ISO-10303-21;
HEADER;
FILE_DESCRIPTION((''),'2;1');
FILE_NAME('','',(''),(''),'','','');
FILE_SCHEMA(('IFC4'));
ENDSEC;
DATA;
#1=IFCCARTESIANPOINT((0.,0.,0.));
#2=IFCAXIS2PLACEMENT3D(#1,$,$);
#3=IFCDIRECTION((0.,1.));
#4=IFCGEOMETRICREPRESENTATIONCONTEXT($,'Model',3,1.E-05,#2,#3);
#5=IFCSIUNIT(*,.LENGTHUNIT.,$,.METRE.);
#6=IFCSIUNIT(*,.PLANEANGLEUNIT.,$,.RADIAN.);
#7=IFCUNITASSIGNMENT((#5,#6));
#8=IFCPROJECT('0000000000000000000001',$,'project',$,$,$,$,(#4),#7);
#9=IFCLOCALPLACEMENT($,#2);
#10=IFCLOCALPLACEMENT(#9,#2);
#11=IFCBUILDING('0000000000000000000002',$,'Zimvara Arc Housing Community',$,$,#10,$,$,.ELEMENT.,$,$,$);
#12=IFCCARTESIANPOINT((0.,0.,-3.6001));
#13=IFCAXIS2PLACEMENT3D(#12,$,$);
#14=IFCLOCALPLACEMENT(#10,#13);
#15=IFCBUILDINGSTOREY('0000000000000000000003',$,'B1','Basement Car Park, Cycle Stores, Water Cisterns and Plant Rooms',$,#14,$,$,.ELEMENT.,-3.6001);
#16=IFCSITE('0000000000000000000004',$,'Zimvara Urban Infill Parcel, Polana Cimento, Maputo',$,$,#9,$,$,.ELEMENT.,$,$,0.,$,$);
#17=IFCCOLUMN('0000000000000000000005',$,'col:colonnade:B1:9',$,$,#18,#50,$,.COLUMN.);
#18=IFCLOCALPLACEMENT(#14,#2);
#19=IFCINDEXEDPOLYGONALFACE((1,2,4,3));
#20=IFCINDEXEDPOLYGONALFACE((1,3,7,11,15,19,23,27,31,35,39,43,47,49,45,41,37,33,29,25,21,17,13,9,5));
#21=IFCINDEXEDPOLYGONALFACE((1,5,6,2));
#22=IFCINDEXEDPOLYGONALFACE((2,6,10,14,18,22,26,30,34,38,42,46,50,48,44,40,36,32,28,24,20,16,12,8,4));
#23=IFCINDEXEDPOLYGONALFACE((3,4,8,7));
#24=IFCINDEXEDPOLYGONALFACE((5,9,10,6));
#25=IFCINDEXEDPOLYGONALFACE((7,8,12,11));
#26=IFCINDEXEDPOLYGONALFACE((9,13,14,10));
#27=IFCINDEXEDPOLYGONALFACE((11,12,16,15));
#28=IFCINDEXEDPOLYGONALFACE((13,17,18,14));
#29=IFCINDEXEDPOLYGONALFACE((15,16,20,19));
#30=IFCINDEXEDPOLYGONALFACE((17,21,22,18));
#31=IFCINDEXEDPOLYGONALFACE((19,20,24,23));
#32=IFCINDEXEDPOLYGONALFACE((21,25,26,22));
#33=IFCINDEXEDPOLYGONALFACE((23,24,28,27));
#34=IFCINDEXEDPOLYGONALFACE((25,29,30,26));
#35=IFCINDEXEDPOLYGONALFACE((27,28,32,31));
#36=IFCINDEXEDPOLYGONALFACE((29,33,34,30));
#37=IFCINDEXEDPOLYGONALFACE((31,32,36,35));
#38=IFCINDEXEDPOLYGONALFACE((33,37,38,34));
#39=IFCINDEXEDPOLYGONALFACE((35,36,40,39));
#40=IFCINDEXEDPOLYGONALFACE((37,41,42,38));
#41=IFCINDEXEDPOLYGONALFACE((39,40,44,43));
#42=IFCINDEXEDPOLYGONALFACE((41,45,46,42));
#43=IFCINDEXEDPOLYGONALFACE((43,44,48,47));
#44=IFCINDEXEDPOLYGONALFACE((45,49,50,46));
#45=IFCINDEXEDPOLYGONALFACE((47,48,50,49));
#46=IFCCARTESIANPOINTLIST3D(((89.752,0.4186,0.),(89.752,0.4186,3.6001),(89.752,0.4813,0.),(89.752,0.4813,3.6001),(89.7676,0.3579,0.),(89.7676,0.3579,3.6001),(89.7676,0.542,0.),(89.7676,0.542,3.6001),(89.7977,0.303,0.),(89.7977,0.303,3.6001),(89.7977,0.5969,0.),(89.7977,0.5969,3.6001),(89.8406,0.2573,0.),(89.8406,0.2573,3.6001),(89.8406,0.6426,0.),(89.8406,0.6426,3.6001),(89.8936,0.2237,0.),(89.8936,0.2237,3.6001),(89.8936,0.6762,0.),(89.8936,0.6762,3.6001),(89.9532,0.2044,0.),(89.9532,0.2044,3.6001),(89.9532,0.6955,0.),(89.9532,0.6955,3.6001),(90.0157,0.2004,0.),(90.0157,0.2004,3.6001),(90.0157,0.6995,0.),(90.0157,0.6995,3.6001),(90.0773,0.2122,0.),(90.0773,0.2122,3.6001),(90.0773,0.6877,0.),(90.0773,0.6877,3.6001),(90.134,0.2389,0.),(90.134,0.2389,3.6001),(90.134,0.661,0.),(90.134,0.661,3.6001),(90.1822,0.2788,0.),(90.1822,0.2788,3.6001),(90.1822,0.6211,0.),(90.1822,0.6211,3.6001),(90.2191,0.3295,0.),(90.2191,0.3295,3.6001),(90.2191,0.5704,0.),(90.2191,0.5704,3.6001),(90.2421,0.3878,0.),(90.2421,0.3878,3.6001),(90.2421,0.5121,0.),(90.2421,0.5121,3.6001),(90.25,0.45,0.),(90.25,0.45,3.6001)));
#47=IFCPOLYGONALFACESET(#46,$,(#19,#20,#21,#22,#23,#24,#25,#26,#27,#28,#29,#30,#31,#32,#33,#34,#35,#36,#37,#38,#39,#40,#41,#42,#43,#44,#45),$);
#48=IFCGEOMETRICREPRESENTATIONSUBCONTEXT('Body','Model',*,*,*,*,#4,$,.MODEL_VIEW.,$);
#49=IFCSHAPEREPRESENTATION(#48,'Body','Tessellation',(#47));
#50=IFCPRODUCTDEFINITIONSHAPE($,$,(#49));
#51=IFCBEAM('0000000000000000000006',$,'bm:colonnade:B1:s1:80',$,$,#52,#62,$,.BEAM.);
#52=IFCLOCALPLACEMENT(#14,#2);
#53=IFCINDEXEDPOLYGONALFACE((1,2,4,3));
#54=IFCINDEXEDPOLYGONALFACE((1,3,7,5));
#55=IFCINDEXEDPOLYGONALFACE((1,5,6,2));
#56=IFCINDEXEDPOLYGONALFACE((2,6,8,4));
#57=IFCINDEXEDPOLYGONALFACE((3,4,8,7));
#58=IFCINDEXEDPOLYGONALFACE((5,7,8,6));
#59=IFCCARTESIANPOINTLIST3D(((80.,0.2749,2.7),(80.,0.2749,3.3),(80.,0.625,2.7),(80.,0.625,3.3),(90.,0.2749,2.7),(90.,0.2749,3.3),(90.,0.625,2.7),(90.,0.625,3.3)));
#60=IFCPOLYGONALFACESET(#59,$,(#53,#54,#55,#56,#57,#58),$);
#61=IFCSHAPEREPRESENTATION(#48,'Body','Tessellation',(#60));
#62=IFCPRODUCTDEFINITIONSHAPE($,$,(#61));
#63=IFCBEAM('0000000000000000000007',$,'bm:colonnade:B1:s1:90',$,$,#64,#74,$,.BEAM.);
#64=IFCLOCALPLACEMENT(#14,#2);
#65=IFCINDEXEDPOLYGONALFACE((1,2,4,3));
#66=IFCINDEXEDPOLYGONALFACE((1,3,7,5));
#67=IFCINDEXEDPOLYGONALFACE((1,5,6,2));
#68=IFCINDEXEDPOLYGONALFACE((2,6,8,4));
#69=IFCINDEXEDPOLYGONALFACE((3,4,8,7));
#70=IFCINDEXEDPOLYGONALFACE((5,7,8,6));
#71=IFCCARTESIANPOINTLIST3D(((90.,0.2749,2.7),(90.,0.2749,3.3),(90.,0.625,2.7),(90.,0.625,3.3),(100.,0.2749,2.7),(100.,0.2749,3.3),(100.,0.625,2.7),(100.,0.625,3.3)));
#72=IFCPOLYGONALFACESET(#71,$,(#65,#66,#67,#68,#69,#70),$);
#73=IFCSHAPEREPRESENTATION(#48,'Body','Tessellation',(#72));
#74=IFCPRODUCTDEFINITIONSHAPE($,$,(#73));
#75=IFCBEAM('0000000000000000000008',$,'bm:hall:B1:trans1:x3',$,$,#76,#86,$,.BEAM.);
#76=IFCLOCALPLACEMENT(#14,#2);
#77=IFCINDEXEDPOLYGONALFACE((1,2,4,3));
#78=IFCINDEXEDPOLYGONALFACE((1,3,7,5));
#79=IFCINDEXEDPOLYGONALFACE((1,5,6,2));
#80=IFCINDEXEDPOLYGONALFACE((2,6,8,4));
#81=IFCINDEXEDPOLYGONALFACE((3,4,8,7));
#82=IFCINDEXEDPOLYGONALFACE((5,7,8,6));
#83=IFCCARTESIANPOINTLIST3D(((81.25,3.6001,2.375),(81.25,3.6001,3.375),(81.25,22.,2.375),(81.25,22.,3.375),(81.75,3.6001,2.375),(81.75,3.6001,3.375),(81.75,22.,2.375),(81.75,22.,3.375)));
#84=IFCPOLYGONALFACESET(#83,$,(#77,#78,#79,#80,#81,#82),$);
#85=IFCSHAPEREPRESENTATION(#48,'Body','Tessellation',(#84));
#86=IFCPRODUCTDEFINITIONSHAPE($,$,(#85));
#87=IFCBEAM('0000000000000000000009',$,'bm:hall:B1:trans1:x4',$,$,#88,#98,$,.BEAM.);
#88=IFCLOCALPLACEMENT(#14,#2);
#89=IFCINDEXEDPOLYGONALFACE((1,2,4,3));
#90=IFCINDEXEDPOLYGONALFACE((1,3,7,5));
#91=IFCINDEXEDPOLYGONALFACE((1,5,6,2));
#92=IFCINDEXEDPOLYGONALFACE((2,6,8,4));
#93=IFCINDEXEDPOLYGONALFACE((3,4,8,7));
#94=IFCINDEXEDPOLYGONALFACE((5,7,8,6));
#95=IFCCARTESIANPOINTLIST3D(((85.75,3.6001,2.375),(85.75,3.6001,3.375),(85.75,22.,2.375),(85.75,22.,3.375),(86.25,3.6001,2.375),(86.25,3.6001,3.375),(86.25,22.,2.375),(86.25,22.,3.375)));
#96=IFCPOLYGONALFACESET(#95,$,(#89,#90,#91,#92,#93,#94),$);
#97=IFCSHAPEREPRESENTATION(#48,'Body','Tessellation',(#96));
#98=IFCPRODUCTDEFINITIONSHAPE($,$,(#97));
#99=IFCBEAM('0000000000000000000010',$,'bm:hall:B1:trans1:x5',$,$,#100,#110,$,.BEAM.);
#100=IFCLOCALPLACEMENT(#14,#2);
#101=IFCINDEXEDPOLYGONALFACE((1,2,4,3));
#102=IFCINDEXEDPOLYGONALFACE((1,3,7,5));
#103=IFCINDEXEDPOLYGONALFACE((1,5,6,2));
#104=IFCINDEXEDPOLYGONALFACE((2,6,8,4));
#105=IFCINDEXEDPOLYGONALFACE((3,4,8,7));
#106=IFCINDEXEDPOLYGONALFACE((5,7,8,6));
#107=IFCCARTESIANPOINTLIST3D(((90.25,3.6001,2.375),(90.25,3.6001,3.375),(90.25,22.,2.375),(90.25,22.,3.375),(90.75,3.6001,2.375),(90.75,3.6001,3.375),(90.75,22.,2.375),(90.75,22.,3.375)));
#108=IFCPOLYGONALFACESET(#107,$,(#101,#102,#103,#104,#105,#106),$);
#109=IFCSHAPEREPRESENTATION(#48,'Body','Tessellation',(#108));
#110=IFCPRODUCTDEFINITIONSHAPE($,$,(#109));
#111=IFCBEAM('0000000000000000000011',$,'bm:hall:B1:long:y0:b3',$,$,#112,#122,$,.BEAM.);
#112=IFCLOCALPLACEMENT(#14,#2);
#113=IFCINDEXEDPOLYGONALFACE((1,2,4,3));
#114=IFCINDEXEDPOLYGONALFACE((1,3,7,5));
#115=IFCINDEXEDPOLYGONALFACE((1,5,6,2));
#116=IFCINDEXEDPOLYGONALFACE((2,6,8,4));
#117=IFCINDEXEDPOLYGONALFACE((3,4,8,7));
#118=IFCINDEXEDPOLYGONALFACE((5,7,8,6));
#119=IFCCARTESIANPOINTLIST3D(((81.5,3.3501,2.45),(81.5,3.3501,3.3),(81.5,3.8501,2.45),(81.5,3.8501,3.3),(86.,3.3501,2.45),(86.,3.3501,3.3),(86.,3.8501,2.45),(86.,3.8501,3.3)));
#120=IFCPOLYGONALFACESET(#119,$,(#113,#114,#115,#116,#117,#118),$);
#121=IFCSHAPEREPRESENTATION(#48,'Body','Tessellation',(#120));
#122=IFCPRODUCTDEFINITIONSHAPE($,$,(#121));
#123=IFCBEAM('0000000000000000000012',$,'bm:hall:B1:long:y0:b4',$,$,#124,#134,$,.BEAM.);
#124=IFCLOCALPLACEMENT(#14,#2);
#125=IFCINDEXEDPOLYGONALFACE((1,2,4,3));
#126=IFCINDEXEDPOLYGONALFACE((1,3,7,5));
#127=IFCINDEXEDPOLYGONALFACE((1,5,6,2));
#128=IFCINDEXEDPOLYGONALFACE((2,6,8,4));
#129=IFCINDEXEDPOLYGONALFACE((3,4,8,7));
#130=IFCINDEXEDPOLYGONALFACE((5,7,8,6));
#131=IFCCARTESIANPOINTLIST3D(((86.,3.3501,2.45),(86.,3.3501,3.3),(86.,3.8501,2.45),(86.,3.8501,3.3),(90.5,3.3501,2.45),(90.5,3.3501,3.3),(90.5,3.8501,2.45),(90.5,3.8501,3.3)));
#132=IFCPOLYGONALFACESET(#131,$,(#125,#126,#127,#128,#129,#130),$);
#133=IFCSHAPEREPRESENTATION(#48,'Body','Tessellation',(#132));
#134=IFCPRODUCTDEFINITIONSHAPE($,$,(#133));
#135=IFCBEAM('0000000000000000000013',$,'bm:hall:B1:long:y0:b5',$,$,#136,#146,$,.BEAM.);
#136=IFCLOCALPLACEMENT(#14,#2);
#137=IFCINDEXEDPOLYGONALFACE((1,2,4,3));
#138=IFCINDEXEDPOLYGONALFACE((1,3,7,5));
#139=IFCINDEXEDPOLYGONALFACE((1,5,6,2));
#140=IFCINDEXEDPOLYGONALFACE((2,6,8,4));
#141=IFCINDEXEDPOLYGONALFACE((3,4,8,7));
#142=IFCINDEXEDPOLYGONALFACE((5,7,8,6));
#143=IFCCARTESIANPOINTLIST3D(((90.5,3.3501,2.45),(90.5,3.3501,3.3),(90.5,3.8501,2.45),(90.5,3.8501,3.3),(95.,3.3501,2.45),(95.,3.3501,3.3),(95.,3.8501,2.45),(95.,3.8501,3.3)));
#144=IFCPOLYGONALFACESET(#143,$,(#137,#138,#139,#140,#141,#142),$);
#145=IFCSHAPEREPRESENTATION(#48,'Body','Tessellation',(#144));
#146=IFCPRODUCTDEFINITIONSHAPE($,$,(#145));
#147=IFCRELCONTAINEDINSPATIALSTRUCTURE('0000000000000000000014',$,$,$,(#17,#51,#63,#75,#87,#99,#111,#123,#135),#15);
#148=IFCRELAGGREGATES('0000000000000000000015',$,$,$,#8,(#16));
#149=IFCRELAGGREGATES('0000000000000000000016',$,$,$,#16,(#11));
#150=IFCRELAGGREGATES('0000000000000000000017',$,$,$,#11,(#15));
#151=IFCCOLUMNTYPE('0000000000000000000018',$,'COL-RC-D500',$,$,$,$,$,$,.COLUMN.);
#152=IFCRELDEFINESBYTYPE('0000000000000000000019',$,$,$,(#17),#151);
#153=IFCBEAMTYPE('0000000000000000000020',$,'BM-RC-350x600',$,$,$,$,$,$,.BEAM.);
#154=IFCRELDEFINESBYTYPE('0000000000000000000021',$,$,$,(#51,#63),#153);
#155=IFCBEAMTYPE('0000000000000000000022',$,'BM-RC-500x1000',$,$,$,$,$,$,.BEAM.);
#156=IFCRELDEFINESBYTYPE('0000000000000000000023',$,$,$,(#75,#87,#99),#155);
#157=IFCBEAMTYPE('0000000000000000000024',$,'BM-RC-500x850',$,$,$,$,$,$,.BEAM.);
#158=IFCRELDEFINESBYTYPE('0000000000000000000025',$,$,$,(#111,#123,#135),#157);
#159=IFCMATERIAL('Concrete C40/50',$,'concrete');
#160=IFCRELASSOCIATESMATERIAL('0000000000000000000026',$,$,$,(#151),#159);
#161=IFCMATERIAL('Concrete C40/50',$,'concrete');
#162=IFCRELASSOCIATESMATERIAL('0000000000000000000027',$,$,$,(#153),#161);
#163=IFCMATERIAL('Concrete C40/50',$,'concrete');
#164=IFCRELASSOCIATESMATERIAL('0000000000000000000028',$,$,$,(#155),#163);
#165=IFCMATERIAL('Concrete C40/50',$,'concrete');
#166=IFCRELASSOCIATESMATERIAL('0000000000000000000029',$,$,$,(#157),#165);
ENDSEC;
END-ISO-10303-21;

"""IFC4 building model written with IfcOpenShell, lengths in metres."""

from ifc_helpers import new_model, si_unit, direction, frame, origin, origin_2d, place, context, subcontext, project, spatial, rectangle, circle, extrude, material, material_profile, profile_set, type_object, element, save


model = new_model("IFC4")

# Units and contexts
model_context = context("Model", 3, precision=1e-05, world=origin(), true_north=direction((0.0, 1.0)))
body_context = subcontext(model_context, "Body", "Model", "MODEL_VIEW")
ifc_project = project(units=[si_unit("LENGTHUNIT", "METRE"), si_unit("PLANEANGLEUNIT", "RADIAN")], contexts=[model_context])

# Site, building, storey
site_placement = place(None, origin())
site = spatial("IfcSite", under=ifc_project, at=site_placement, Name="Zimvara Urban Infill Parcel, Polana Cimento, Maputo", CompositionType="ELEMENT", RefElevation=0.0)
building_placement = place(site_placement, origin())
building = spatial("IfcBuilding", under=site, at=building_placement, Name="Zimvara Arc Housing Community", CompositionType="ELEMENT")
storey_placement = place(building_placement, frame((0.0, 0.0, -3.6001)))
storey = spatial("IfcBuildingStorey", under=building, at=storey_placement, Name="B1", Description="Basement Car Park, Cycle Stores, Water Cisterns and Plant Rooms", CompositionType="ELEMENT", Elevation=-3.6001)

# Column
ifc_material_1 = material(Name="Concrete C40/50", Category="concrete")
ifc_material_profile_1 = material_profile(ifc_material_1, circle(Radius=0.25, at=origin_2d()), Name="RC D500")
ifc_profile_set_1 = profile_set([ifc_material_profile_1], Name="Concrete C40/50")
column_type_1 = type_object("IfcColumnType", Name="COL-RC-D500", PredefinedType="COLUMN", material=ifc_profile_set_1)
for number, where, z_axis, x_axis, name in (
    (1, (90.0, 0.45, 0.0), (0.0, 0.0, 1.0), (1.0, 0.0, 0.0), "col:colonnade:B1:9"),
):
    element("IfcColumn", number, at=place(storey_placement, frame(where, z_axis=z_axis, x_axis=x_axis)), inside=storey, type_object=column_type_1, Name=name, PredefinedType="COLUMN", context=body_context, shape_type="SweptSolid", body=[
        extrude(circle(Radius=0.25, at=origin_2d()), origin(), (0.0, 0.0, 1.0), 3.6001),
    ])

# Beams
ifc_material_2 = material(Name="Concrete C40/50", Category="concrete")
ifc_material_profile_2 = material_profile(ifc_material_2, rectangle(XDim=0.3501, YDim=0.6001, at=origin_2d()), Name="RC 350x600")
ifc_profile_set_2 = profile_set([ifc_material_profile_2], Name="Concrete C40/50")
beam_type_1 = type_object("IfcBeamType", Name="BM-RC-350x600", PredefinedType="BEAM", material=ifc_profile_set_2)
for number, where, z_axis, x_axis, name in (
    (2, (80.0, 0.45, 3.0), (1.0, 0.0, 0.0), (0.0, 1.0, 0.0), "bm:colonnade:B1:s1:80"),
    (3, (90.0, 0.45, 3.0), (1.0, 0.0, 0.0), (0.0, 1.0, 0.0), "bm:colonnade:B1:s1:90"),
):
    element("IfcBeam", number, at=place(storey_placement, frame(where, z_axis=z_axis, x_axis=x_axis)), inside=storey, type_object=beam_type_1, Name=name, PredefinedType="BEAM", context=body_context, shape_type="SweptSolid", body=[
        extrude(rectangle(XDim=0.3501, YDim=0.6001, at=origin_2d()), origin(), (0.0, 0.0, 1.0), 10.0),
    ])
ifc_material_3 = material(Name="Concrete C40/50", Category="concrete")
ifc_material_profile_3 = material_profile(ifc_material_3, rectangle(XDim=0.5, YDim=1.0, at=origin_2d()), Name="RC 500x1000")
ifc_profile_set_3 = profile_set([ifc_material_profile_3], Name="Concrete C40/50")
beam_type_2 = type_object("IfcBeamType", Name="BM-RC-500x1000", PredefinedType="BEAM", material=ifc_profile_set_3)
for number, where, z_axis, x_axis, name in (
    (4, (81.5, 3.6001, 2.875), (0.0, 1.0, 0.0), (-1.0, 0.0, 0.0), "bm:hall:B1:trans1:x3"),
    (5, (86.0, 3.6001, 2.875), (0.0, 1.0, 0.0), (-1.0, 0.0, 0.0), "bm:hall:B1:trans1:x4"),
    (6, (90.5, 3.6001, 2.875), (0.0, 1.0, 0.0), (-1.0, 0.0, 0.0), "bm:hall:B1:trans1:x5"),
):
    element("IfcBeam", number, at=place(storey_placement, frame(where, z_axis=z_axis, x_axis=x_axis)), inside=storey, type_object=beam_type_2, Name=name, PredefinedType="BEAM", context=body_context, shape_type="SweptSolid", body=[
        extrude(rectangle(XDim=0.5, YDim=1.0, at=origin_2d()), origin(), (0.0, 0.0, 1.0), 18.3999),
    ])
ifc_material_4 = material(Name="Concrete C40/50", Category="concrete")
ifc_material_profile_4 = material_profile(ifc_material_4, rectangle(XDim=0.5, YDim=0.8501, at=origin_2d()), Name="RC 500x850")
ifc_profile_set_4 = profile_set([ifc_material_profile_4], Name="Concrete C40/50")
beam_type_3 = type_object("IfcBeamType", Name="BM-RC-500x850", PredefinedType="BEAM", material=ifc_profile_set_4)
for number, where, z_axis, x_axis, name in (
    (7, (81.5, 3.6001, 2.875), (1.0, 0.0, 0.0), (0.0, 1.0, 0.0), "bm:hall:B1:long:y0:b3"),
    (8, (86.0, 3.6001, 2.875), (1.0, 0.0, 0.0), (0.0, 1.0, 0.0), "bm:hall:B1:long:y0:b4"),
    (9, (90.5, 3.6001, 2.875), (1.0, 0.0, 0.0), (0.0, 1.0, 0.0), "bm:hall:B1:long:y0:b5"),
):
    element("IfcBeam", number, at=place(storey_placement, frame(where, z_axis=z_axis, x_axis=x_axis)), inside=storey, type_object=beam_type_3, Name=name, PredefinedType="BEAM", context=body_context, shape_type="SweptSolid", body=[
        extrude(rectangle(XDim=0.5, YDim=0.8501, at=origin_2d()), origin(), (0.0, 0.0, 1.0), 4.5),
    ])

save(model, "model.ifc")
